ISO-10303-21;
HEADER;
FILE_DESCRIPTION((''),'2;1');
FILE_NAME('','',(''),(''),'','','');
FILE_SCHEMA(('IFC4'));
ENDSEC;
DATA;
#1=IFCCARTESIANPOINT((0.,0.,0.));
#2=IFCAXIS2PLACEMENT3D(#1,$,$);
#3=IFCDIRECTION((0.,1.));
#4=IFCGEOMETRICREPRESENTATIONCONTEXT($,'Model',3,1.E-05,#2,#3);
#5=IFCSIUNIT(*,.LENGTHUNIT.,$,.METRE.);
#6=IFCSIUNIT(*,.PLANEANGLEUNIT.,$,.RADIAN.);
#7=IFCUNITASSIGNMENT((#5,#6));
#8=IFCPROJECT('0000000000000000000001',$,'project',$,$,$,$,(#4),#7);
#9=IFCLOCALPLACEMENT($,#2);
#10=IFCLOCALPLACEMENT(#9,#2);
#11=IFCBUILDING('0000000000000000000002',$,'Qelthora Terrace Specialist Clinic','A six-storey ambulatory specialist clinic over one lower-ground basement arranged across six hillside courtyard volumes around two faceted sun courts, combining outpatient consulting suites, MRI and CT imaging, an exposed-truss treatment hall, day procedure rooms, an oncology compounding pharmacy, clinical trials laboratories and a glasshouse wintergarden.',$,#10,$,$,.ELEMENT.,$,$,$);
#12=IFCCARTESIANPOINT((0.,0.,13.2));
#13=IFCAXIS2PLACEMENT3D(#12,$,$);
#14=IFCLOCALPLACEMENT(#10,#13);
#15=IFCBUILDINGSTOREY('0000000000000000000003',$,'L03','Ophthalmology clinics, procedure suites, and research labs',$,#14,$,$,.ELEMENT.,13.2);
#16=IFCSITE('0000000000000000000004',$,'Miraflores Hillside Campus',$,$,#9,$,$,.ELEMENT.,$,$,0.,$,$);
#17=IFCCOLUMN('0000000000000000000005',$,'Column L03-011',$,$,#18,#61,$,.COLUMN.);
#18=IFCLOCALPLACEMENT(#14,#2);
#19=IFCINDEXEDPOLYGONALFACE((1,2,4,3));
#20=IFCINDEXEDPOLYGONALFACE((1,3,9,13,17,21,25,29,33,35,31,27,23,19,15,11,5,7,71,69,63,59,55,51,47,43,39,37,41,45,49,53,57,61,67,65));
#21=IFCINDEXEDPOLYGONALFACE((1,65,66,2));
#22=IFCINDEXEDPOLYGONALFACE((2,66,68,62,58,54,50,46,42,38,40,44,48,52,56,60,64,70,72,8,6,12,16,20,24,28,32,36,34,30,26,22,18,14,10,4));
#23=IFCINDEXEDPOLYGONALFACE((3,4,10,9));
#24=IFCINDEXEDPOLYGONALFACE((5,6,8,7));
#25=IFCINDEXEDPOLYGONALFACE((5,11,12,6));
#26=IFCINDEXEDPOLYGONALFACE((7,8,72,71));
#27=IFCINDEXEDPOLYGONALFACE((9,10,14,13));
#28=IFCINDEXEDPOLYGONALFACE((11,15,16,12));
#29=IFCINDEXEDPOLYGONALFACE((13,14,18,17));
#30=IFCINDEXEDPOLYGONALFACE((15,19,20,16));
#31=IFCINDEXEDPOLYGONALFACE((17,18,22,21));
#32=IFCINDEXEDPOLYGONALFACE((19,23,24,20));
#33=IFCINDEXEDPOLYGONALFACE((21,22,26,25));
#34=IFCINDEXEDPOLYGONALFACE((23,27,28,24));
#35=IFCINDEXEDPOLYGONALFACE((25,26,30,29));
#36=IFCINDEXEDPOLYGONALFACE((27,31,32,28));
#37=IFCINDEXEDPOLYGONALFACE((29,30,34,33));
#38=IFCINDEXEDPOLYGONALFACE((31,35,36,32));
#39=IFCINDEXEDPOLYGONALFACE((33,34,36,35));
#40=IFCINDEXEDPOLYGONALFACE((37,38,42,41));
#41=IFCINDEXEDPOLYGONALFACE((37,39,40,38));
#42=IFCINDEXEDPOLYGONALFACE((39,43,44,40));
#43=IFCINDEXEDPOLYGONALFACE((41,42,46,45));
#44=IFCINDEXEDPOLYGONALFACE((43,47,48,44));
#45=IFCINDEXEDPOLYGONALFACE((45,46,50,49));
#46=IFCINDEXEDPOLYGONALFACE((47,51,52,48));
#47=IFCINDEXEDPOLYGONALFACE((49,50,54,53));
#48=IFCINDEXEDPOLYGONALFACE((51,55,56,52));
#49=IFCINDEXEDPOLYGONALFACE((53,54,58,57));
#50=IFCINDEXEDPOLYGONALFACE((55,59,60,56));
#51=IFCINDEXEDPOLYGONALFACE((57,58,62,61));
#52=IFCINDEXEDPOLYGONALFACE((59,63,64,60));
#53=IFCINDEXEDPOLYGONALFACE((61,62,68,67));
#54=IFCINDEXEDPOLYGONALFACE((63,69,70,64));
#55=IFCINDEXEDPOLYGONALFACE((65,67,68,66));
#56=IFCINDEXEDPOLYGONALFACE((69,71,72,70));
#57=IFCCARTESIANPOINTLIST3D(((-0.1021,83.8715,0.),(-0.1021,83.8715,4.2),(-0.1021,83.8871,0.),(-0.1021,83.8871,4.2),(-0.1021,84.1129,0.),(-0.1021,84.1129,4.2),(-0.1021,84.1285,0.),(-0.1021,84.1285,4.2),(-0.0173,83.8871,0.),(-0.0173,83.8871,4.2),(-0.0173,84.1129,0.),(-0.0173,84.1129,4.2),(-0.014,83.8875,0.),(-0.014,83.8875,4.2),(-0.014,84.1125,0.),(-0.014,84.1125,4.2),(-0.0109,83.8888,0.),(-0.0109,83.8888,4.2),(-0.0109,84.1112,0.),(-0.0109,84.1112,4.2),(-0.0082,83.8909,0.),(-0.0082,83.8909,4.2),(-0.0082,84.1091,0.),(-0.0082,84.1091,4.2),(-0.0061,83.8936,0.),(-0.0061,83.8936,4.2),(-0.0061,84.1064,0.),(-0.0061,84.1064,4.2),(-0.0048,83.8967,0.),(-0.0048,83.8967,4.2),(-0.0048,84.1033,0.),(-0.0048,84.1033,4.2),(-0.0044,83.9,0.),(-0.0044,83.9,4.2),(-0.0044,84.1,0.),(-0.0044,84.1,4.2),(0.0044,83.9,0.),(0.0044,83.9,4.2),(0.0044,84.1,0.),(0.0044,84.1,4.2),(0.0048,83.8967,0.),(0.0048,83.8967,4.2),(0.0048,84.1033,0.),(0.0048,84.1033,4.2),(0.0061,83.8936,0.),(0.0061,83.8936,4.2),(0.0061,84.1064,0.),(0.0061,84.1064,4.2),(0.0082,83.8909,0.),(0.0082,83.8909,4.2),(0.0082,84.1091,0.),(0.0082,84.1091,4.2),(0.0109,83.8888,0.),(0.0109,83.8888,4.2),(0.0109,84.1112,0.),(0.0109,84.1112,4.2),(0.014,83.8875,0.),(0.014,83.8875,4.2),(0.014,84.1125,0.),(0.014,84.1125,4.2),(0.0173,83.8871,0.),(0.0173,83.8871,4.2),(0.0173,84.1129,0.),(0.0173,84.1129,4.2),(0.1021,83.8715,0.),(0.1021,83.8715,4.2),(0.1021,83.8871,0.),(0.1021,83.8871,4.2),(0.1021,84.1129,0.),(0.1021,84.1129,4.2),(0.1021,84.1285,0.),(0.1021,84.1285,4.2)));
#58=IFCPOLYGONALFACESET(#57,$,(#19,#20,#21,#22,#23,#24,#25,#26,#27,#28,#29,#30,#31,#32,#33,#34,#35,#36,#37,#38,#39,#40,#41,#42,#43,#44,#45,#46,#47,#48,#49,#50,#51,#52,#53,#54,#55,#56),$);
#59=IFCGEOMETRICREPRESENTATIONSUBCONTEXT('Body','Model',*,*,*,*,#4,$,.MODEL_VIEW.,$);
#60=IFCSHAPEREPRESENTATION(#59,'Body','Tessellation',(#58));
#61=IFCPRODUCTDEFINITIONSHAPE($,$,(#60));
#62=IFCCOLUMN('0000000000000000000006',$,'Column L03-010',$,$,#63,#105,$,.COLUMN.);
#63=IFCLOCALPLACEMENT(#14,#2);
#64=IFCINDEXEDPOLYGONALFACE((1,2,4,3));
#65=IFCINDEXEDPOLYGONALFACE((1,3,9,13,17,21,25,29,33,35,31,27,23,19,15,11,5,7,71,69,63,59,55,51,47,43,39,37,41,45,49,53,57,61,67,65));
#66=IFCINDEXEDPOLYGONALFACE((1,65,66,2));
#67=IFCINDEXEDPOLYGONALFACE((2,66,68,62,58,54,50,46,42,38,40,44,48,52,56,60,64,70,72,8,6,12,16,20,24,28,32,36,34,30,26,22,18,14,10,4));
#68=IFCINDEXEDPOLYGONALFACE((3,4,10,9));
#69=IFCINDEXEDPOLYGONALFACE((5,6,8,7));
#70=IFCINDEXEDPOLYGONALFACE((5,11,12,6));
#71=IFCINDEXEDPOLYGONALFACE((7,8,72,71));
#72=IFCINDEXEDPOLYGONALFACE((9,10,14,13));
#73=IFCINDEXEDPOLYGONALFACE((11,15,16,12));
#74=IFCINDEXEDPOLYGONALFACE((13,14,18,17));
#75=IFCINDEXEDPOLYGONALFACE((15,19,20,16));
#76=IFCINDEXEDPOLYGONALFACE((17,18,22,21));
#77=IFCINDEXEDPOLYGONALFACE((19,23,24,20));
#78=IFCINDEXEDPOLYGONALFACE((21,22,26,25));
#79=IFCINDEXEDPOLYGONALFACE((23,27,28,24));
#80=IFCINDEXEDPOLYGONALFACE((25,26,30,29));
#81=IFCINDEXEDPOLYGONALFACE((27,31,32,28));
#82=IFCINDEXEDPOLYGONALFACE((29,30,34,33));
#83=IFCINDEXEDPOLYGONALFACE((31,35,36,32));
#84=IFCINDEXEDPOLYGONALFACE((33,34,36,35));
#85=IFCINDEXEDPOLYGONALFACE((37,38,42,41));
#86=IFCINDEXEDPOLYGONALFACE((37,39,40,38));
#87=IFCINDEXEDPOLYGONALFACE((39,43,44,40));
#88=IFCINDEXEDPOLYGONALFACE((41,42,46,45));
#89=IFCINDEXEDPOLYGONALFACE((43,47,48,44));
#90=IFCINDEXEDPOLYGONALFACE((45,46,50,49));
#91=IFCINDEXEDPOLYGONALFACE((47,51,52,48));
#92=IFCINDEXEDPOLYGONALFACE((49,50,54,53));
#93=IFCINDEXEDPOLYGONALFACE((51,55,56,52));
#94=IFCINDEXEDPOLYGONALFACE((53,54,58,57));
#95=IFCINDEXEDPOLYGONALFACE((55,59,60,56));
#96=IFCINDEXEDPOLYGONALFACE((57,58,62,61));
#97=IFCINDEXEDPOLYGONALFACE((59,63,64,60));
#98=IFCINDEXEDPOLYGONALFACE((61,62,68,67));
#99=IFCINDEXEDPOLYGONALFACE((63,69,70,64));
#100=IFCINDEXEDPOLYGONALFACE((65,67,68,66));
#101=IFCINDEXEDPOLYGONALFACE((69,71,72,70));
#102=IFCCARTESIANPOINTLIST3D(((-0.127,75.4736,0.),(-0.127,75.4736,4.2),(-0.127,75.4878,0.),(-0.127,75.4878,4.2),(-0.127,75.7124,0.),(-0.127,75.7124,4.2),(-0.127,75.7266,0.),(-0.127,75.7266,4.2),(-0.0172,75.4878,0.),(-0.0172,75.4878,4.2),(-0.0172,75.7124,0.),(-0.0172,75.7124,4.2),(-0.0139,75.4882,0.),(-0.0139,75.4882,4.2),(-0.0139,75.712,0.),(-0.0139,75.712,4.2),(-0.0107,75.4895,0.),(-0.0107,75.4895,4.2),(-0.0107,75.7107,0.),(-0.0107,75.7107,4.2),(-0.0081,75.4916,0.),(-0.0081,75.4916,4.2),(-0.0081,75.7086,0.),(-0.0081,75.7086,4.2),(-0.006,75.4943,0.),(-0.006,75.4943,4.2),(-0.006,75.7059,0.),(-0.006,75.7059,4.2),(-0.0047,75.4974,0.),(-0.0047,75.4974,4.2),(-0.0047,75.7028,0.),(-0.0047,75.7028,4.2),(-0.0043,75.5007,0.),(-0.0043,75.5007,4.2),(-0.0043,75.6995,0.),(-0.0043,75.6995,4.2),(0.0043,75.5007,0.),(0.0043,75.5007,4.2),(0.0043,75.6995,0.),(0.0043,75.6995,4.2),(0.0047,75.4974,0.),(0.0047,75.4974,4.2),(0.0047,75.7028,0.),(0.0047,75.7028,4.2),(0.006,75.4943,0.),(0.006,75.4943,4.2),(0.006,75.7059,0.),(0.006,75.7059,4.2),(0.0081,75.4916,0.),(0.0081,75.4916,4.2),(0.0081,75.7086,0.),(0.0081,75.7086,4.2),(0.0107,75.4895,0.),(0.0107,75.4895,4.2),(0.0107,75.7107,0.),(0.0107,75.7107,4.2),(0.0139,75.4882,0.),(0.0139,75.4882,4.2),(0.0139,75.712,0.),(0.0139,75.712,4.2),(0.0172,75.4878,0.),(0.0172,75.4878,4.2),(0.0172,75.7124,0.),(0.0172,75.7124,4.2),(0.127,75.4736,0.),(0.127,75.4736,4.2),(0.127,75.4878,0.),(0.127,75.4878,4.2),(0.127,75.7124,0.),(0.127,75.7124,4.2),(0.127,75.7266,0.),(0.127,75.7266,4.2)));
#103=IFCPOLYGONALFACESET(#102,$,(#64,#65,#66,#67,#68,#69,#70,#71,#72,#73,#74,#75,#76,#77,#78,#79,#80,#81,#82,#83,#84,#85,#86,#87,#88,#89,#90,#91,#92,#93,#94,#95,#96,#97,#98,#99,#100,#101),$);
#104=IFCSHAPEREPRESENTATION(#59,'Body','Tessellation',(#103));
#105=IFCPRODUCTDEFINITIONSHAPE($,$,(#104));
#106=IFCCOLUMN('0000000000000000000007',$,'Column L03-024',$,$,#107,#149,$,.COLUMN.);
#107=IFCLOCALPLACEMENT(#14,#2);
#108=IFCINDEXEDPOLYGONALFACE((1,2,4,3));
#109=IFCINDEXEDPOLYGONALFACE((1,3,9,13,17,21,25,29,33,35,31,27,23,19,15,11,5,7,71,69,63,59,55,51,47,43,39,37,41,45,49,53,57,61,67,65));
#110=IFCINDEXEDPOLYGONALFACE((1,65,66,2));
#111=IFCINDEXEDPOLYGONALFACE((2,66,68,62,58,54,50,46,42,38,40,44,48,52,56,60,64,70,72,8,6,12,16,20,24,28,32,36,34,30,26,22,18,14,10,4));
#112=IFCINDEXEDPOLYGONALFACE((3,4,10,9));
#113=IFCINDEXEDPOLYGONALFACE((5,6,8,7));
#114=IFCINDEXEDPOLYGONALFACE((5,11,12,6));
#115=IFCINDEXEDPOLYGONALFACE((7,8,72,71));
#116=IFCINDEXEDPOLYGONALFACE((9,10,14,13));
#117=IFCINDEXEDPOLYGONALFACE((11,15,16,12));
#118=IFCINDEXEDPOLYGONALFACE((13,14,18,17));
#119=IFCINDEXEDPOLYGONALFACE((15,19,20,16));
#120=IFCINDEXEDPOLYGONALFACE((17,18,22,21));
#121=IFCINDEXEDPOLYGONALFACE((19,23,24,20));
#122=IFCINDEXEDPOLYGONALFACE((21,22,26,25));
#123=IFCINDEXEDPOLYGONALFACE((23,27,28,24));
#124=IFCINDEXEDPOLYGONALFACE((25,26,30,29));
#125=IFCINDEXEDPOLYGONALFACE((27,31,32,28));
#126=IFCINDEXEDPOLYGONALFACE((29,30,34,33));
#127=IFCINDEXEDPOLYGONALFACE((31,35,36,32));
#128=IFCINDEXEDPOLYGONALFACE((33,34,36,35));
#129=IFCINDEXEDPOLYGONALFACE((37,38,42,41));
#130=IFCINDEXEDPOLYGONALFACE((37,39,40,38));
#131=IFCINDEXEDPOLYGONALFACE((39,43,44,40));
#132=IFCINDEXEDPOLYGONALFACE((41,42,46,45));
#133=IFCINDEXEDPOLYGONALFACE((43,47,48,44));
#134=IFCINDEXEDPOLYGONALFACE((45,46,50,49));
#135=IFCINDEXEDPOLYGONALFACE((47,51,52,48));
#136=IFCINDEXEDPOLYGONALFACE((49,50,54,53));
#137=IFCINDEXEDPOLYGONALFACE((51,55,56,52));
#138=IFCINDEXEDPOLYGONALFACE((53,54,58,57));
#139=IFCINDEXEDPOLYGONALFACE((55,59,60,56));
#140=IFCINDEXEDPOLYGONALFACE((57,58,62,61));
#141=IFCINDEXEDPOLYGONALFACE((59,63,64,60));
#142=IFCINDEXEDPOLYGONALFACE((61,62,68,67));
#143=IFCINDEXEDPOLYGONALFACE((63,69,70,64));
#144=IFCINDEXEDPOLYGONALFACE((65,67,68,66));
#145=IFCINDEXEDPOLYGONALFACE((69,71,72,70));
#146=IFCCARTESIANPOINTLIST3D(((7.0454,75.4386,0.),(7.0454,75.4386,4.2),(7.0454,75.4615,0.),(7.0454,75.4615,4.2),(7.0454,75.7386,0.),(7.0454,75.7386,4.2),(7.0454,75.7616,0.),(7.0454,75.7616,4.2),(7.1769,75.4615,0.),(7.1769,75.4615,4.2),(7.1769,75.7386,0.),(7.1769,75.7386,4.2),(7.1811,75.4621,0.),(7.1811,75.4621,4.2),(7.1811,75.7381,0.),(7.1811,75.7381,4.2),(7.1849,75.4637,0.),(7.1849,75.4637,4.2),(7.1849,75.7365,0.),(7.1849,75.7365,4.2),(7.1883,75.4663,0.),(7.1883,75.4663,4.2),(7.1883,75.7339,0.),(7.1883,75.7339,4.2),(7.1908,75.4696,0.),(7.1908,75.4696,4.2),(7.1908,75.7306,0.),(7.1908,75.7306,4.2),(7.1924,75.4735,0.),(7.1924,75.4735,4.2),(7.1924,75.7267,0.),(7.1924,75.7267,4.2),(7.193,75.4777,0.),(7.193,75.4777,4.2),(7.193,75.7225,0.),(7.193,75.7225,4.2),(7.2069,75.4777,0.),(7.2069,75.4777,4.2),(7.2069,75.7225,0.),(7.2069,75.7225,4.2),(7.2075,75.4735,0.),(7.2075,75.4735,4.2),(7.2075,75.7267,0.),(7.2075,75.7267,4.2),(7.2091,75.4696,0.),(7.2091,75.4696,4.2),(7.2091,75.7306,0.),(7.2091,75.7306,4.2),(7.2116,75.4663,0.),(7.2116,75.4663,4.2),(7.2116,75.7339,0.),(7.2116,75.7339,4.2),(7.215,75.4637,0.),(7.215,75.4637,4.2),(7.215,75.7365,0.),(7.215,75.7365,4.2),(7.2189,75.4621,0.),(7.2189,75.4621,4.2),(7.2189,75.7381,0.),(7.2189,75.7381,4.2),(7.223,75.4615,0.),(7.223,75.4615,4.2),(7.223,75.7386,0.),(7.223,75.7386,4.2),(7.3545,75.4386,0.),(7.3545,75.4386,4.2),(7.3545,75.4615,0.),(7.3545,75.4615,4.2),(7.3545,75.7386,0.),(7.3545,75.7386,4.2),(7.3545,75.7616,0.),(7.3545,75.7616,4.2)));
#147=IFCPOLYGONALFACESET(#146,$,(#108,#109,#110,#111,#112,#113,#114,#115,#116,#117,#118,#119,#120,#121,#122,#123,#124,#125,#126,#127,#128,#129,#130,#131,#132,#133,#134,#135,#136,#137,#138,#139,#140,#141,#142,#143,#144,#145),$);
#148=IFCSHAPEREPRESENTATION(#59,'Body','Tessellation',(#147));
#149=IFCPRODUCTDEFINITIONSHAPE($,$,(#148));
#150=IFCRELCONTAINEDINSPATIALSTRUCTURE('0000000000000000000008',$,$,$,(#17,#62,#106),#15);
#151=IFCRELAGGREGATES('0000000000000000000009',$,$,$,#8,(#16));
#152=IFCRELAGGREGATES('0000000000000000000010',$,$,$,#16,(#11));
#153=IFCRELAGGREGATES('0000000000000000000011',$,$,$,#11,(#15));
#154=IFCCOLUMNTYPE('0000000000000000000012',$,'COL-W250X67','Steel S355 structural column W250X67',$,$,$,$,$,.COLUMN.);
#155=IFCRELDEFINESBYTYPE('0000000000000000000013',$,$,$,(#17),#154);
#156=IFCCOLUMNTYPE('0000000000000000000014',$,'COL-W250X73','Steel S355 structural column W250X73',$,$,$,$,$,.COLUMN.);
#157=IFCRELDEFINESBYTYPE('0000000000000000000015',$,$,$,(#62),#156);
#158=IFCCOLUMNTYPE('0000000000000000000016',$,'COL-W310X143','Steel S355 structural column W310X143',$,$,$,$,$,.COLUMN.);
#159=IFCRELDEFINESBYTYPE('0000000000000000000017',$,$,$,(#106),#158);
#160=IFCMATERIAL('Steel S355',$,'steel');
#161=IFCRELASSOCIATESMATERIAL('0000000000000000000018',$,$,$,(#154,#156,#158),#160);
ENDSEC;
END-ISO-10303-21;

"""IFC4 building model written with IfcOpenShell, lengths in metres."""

from ifc_helpers import new_model, si_unit, direction, frame, origin, origin_2d, place, context, subcontext, project, spatial, i_section, extrude, material, material_profile, profile_set, type_object, element, save


model = new_model("IFC4")

# Units and contexts
model_context = context("Model", 3, precision=1e-05, world=origin(), true_north=direction((0.0, 1.0)))
body_context = subcontext(model_context, "Body", "Model", "MODEL_VIEW")
ifc_project = project(units=[si_unit("LENGTHUNIT", "METRE"), si_unit("PLANEANGLEUNIT", "RADIAN")], contexts=[model_context])

# Site, building, storey
site_placement = place(None, origin())
site = spatial("IfcSite", under=ifc_project, at=site_placement, Name="Miraflores Hillside Campus", CompositionType="ELEMENT", RefElevation=0.0)
building_placement = place(site_placement, origin())
building = spatial("IfcBuilding", under=site, at=building_placement, Name="Qelthora Terrace Specialist Clinic", Description="A six-storey ambulatory specialist clinic over one lower-ground basement arranged across six hillside courtyard volumes around two faceted sun courts, combining outpatient consulting suites, MRI and CT imaging, an exposed-truss treatment hall, day procedure rooms, an oncology compounding pharmacy, clinical trials laboratories and a glasshouse wintergarden.", CompositionType="ELEMENT")
storey_placement = place(building_placement, frame((0.0, 0.0, 13.2)))
storey = spatial("IfcBuildingStorey", under=building, at=storey_placement, Name="L03", Description="Ophthalmology clinics, procedure suites, and research labs", CompositionType="ELEMENT", Elevation=13.2)

# Columns
ifc_material_1 = material(Name="Steel S355", Category="steel")
ifc_material_profile_1 = material_profile(ifc_material_1, i_section(OverallWidth=0.2041, OverallDepth=0.2571, WebThickness=0.0088, FlangeThickness=0.0156, FilletRadius=0.0129, at=origin_2d()), Name="W250X67")
ifc_profile_set_1 = profile_set([ifc_material_profile_1], Name="Steel S355")
column_type_1 = type_object("IfcColumnType", Name="COL-W250X67", Description="Steel S355 structural column W250X67", PredefinedType="COLUMN", material=ifc_profile_set_1)
column_1_placement = place(storey_placement, frame((0.0, 84.0, 0.0), z_axis=(0.0, 0.0, 1.0), x_axis=(1.0, 0.0, 0.0)))
element("IfcColumn", 1, at=column_1_placement, inside=storey, type_object=column_type_1, Name="Column L03-011", PredefinedType="COLUMN", context=body_context, shape_type="SweptSolid", body=[
    extrude(i_section(OverallWidth=0.2041, OverallDepth=0.2571, WebThickness=0.0088, FlangeThickness=0.0156, FilletRadius=0.0129, at=origin_2d()), origin(), (0.0, 0.0, 1.0), 4.2),
])
ifc_material_profile_2 = material_profile(ifc_material_1, i_section(OverallWidth=0.2539, OverallDepth=0.2529, WebThickness=0.0085, FlangeThickness=0.0142, FilletRadius=0.0129, at=origin_2d()), Name="W250X73")
ifc_profile_set_2 = profile_set([ifc_material_profile_2], Name="Steel S355")
column_type_2 = type_object("IfcColumnType", Name="COL-W250X73", Description="Steel S355 structural column W250X73", PredefinedType="COLUMN", material=ifc_profile_set_2)
column_2_placement = place(storey_placement, frame((0.0, 75.6001, 0.0), z_axis=(0.0, 0.0, 1.0), x_axis=(1.0, 0.0, 0.0)))
element("IfcColumn", 2, at=column_2_placement, inside=storey, type_object=column_type_2, Name="Column L03-010", PredefinedType="COLUMN", context=body_context, shape_type="SweptSolid", body=[
    extrude(i_section(OverallWidth=0.2539, OverallDepth=0.2529, WebThickness=0.0085, FlangeThickness=0.0142, FilletRadius=0.0129, at=origin_2d()), origin(), (0.0, 0.0, 1.0), 4.2),
])
ifc_material_profile_3 = material_profile(ifc_material_1, i_section(OverallWidth=0.3091, OverallDepth=0.323, WebThickness=0.0139, FlangeThickness=0.0229, FilletRadius=0.0161, at=origin_2d()), Name="W310X143")
ifc_profile_set_3 = profile_set([ifc_material_profile_3], Name="Steel S355")
column_type_3 = type_object("IfcColumnType", Name="COL-W310X143", Description="Steel S355 structural column W310X143", PredefinedType="COLUMN", material=ifc_profile_set_3)
column_3_placement = place(storey_placement, frame((7.2, 75.6001, 0.0), z_axis=(0.0, 0.0, 1.0), x_axis=(1.0, 0.0, 0.0)))
element("IfcColumn", 3, at=column_3_placement, inside=storey, type_object=column_type_3, Name="Column L03-024", PredefinedType="COLUMN", context=body_context, shape_type="SweptSolid", body=[
    extrude(i_section(OverallWidth=0.3091, OverallDepth=0.323, WebThickness=0.0139, FlangeThickness=0.0229, FilletRadius=0.0161, at=origin_2d()), origin(), (0.0, 0.0, 1.0), 4.2),
])

save(model, "model.ifc")
